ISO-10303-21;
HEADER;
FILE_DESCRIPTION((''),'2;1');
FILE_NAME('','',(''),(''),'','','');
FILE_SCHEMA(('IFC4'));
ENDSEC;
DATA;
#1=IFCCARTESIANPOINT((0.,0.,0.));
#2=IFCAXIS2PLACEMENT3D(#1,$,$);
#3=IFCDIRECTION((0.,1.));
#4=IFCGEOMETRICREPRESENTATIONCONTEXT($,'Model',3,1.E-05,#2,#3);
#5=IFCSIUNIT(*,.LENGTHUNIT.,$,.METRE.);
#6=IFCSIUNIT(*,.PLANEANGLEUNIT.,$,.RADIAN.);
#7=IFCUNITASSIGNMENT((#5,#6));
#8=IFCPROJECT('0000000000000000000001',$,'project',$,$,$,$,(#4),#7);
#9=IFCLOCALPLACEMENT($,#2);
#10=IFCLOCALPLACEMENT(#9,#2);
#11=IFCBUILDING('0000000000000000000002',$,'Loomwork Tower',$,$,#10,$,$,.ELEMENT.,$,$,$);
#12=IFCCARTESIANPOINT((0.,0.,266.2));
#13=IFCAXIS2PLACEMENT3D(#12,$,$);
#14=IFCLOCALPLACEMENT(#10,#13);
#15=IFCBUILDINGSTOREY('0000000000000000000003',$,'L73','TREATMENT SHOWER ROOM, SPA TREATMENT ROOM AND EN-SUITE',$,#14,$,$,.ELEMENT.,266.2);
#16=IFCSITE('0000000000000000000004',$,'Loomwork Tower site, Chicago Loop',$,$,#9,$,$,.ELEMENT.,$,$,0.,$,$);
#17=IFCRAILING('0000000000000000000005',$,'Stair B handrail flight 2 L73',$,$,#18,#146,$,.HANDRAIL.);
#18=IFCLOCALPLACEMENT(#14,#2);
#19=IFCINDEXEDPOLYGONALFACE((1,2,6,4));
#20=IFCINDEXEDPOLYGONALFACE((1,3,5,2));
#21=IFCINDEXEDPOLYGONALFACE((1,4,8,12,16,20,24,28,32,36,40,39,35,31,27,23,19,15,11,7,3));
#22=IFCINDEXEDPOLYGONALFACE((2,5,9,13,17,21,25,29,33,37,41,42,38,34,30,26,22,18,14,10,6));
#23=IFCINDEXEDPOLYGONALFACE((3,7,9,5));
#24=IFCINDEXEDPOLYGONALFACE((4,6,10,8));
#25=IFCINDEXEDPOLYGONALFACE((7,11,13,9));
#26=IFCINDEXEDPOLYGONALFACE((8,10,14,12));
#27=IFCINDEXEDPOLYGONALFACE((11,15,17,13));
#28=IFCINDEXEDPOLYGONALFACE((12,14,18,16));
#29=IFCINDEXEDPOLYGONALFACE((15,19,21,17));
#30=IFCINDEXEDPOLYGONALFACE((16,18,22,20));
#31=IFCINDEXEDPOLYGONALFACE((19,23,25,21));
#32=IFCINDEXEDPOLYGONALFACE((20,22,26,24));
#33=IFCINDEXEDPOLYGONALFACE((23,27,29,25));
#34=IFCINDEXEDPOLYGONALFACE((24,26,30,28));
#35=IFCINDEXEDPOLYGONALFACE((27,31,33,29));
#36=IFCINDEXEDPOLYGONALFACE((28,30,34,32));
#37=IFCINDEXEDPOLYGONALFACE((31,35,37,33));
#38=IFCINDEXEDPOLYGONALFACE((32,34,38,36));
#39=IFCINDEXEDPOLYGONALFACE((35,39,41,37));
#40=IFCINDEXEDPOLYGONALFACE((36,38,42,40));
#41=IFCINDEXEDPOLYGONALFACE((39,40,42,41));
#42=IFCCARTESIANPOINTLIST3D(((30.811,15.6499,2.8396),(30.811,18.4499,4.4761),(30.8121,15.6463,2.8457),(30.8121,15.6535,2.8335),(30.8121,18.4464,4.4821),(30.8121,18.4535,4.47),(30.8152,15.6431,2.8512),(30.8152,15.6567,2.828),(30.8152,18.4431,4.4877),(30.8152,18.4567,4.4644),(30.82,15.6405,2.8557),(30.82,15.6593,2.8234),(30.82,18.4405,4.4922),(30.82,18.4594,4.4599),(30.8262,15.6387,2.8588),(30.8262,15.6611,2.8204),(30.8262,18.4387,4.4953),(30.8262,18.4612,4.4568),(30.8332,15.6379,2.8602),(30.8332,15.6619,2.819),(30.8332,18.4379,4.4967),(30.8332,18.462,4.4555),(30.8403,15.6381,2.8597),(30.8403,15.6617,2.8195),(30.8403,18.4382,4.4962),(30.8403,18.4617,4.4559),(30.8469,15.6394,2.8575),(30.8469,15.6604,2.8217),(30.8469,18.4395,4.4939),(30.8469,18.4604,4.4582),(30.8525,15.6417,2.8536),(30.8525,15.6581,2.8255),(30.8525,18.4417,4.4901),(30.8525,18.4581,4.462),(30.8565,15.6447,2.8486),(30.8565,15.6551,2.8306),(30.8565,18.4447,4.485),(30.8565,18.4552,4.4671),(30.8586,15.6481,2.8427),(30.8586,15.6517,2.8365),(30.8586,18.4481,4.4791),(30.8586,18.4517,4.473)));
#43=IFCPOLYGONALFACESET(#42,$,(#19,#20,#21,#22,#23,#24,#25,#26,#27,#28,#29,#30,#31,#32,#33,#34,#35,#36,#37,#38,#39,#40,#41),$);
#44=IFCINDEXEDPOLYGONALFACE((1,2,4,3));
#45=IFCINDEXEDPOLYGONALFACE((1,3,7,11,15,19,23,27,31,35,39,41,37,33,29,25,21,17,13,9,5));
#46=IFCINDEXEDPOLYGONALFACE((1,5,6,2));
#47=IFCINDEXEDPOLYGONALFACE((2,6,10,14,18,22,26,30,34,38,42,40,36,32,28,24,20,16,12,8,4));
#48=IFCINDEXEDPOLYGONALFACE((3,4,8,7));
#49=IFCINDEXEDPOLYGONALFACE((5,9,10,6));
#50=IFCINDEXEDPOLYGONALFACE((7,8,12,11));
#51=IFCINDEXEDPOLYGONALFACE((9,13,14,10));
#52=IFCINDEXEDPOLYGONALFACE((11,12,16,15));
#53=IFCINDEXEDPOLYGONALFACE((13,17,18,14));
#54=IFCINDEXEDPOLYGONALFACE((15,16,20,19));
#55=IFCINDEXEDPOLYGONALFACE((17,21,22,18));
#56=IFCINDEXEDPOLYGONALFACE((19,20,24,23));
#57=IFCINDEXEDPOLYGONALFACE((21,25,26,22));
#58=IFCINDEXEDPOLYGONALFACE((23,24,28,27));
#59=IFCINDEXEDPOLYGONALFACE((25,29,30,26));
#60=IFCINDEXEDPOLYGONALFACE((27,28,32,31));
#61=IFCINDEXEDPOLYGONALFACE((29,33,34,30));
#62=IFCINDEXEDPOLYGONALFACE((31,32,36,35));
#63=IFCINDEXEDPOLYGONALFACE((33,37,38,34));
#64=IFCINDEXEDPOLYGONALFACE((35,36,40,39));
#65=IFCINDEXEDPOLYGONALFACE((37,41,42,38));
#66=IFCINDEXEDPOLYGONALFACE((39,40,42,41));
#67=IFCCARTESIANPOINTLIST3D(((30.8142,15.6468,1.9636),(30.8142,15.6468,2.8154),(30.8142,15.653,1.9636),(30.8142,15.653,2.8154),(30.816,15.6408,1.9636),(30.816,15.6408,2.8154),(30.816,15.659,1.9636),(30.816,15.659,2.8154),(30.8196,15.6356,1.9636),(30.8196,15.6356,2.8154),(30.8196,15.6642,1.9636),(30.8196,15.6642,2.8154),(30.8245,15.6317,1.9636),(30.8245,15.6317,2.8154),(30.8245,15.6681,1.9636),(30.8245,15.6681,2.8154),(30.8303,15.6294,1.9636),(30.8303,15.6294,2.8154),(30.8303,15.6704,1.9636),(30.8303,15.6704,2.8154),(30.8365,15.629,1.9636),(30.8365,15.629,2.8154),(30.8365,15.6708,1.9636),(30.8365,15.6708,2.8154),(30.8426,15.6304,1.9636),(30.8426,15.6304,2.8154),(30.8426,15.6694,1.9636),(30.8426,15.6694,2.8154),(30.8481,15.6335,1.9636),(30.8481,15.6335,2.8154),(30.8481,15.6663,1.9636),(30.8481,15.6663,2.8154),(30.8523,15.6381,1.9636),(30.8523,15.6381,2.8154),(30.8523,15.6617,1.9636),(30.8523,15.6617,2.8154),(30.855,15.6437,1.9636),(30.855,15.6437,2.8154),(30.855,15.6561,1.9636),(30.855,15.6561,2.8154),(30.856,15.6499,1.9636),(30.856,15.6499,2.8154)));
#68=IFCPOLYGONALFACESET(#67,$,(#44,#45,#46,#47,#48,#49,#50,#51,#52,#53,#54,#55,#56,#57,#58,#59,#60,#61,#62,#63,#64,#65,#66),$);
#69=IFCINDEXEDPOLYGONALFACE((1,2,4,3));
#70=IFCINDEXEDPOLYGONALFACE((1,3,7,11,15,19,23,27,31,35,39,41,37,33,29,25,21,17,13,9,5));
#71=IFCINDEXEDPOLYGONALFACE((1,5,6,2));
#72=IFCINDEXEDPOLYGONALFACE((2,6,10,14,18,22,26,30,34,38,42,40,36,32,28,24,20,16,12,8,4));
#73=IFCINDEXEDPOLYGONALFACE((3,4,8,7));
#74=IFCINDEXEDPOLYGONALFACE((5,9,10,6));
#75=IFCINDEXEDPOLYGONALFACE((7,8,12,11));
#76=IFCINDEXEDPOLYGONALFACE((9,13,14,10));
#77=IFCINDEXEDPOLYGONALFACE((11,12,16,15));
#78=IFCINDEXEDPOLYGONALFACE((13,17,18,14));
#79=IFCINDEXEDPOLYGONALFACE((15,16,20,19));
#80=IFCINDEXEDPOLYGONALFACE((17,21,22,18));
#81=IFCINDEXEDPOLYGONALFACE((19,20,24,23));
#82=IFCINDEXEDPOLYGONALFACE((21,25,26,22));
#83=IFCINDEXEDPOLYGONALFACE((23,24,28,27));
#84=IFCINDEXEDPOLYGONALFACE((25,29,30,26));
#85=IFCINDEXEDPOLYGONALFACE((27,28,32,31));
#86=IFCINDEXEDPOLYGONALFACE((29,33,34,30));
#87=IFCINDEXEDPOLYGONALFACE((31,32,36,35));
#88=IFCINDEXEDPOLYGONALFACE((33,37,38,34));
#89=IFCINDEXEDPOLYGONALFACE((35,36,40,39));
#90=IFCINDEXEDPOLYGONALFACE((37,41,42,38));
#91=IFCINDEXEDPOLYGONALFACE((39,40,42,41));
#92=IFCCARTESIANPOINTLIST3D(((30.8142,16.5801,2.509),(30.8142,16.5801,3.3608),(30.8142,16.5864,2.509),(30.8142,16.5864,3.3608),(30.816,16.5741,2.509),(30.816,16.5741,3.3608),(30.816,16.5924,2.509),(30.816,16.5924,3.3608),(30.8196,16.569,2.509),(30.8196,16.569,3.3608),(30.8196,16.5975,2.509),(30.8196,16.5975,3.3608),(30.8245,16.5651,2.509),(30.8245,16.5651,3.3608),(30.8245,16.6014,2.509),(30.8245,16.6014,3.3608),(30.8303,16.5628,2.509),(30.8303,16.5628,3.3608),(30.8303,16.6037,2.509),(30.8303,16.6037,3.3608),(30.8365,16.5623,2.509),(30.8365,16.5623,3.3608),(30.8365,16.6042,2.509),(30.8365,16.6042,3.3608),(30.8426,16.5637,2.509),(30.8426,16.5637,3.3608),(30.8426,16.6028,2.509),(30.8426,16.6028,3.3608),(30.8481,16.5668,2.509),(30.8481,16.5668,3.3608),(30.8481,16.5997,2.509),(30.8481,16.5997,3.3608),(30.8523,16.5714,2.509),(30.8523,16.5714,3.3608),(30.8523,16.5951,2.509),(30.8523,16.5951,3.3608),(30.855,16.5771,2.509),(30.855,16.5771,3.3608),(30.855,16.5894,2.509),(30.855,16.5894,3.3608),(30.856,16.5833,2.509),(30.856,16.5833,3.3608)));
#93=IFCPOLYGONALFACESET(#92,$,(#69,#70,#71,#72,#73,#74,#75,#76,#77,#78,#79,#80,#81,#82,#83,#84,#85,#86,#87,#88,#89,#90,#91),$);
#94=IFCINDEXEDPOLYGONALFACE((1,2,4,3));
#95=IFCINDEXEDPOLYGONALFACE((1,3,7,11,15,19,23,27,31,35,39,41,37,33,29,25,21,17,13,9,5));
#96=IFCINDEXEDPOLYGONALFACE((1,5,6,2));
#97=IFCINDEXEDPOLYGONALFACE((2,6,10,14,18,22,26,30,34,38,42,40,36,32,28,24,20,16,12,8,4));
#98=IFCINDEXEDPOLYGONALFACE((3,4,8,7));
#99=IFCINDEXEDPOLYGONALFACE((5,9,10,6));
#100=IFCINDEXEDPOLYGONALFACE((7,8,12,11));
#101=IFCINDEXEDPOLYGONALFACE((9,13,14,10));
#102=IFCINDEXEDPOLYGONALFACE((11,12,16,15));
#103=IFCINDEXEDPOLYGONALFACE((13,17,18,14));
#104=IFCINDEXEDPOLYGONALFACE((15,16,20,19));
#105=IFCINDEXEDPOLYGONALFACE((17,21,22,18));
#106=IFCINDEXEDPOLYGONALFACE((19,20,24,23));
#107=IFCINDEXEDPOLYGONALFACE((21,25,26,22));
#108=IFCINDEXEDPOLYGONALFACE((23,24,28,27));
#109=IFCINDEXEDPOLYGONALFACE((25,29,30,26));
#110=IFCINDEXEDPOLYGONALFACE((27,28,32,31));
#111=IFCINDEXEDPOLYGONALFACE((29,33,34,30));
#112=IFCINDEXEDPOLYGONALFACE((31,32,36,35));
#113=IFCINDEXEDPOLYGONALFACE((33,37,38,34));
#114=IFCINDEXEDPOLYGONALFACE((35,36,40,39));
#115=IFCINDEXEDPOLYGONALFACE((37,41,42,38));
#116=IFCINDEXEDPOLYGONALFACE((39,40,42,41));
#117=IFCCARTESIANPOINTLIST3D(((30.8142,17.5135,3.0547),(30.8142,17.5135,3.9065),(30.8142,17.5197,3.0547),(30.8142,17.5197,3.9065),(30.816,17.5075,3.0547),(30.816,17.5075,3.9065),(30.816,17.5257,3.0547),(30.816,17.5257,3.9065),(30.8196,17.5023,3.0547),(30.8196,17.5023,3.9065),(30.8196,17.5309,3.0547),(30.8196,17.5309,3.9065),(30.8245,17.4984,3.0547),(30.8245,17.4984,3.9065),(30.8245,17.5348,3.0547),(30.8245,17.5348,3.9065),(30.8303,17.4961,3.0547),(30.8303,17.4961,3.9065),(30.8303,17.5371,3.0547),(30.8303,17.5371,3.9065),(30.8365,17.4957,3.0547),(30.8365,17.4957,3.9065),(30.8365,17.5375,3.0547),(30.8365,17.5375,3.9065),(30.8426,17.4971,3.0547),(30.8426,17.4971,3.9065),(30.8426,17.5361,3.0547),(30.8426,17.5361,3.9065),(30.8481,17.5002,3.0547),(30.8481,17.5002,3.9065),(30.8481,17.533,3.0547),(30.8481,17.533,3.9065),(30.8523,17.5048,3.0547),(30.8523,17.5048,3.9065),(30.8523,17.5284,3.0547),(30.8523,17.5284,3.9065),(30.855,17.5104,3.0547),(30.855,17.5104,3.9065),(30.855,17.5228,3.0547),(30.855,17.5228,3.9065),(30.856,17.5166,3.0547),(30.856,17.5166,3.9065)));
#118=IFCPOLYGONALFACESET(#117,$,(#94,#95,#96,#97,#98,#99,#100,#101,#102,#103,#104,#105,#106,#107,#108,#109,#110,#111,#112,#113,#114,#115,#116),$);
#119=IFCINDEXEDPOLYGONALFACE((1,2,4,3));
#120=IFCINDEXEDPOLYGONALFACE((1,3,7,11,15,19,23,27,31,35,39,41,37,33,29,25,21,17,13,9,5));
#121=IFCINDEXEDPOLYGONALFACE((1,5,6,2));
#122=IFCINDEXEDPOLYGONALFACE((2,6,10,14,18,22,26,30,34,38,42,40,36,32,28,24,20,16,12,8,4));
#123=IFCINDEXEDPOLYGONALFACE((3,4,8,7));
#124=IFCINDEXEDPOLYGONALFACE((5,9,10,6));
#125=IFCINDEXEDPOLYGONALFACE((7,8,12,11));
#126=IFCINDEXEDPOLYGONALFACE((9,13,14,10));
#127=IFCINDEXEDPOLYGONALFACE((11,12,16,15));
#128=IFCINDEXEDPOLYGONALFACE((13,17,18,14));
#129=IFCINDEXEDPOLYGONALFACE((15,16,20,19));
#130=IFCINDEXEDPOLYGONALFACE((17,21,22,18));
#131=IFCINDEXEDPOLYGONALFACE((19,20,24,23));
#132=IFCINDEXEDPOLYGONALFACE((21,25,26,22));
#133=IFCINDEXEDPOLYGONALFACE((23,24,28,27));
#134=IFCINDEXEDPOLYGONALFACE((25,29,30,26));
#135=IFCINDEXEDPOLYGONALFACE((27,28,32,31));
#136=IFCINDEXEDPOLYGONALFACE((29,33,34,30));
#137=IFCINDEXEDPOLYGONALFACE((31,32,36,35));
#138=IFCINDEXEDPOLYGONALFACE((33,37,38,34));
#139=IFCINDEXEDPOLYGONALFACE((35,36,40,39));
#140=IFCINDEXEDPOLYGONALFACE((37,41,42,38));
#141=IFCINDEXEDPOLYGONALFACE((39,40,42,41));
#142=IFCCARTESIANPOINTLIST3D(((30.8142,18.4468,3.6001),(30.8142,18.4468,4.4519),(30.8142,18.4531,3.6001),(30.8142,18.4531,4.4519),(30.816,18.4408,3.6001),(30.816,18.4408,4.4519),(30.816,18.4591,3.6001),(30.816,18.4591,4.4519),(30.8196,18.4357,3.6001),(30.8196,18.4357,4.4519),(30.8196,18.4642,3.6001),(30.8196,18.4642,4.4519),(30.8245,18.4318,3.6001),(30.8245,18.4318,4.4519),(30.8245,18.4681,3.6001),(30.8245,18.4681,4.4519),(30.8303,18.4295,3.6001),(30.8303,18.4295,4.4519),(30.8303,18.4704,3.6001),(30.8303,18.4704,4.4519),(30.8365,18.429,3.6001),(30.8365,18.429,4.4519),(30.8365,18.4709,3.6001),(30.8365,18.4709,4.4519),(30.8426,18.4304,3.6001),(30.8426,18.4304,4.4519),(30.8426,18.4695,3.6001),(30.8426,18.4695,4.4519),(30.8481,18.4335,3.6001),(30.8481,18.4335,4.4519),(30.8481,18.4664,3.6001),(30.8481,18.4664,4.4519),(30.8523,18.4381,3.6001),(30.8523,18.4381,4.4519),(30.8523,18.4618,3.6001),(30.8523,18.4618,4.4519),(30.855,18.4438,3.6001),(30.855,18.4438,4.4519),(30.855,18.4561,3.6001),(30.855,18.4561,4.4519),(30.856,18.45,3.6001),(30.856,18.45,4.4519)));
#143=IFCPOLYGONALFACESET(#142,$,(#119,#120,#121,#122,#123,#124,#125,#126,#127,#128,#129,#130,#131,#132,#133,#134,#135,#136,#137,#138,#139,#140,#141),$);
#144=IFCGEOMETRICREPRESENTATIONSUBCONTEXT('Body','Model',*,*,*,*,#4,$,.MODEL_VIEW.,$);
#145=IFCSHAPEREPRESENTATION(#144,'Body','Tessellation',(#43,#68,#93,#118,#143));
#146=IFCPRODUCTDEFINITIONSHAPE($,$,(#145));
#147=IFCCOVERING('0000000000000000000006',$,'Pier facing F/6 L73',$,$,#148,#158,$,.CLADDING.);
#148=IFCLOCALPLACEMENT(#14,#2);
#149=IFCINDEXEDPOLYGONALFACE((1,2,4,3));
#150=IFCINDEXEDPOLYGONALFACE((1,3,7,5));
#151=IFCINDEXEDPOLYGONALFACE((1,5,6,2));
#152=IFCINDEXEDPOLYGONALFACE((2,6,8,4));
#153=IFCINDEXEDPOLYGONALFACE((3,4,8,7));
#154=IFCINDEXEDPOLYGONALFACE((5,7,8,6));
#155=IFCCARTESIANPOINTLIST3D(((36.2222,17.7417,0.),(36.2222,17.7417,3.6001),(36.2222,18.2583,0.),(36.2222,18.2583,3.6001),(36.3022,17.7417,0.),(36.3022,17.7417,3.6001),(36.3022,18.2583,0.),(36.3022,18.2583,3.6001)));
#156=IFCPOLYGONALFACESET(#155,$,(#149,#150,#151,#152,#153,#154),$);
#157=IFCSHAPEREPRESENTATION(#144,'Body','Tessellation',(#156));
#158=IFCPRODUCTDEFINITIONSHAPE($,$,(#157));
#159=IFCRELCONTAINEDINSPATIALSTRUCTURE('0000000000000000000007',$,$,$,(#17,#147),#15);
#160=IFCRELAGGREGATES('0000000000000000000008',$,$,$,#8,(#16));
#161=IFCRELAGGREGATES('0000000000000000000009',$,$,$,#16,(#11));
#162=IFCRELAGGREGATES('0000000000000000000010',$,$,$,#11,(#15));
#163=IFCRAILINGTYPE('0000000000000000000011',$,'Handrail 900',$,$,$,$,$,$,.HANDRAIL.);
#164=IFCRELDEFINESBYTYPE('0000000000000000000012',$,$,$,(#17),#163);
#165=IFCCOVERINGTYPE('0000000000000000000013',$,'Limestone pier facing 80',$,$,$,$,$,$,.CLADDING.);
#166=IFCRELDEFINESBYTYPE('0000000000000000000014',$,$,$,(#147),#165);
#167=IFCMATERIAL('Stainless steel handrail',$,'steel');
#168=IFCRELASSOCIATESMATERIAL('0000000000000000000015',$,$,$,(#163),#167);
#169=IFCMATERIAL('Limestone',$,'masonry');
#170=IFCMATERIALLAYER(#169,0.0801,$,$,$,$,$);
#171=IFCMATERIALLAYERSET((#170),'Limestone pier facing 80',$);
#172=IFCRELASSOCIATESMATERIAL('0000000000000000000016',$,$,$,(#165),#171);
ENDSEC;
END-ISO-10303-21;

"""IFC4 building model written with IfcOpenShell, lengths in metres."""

from ifc_helpers import new_model, si_unit, direction, frame, origin, origin_2d, place, context, subcontext, project, spatial, rectangle, circle, extrude, material, layer, layer_set, type_object, element, save


model = new_model("IFC4")

# Units and contexts
model_context = context("Model", 3, precision=1e-05, world=origin(), true_north=direction((0.0, 1.0)))
body_context = subcontext(model_context, "Body", "Model", "MODEL_VIEW")
ifc_project = project(units=[si_unit("LENGTHUNIT", "METRE"), si_unit("PLANEANGLEUNIT", "RADIAN")], contexts=[model_context])

# Site, building, storey
site_placement = place(None, origin())
site = spatial("IfcSite", under=ifc_project, at=site_placement, Name="Loomwork Tower site, Chicago Loop", CompositionType="ELEMENT", RefElevation=0.0)
building_placement = place(site_placement, origin())
building = spatial("IfcBuilding", under=site, at=building_placement, Name="Loomwork Tower", CompositionType="ELEMENT")
storey_placement = place(building_placement, frame((0.0, 0.0, 266.2)))
storey = spatial("IfcBuildingStorey", under=building, at=storey_placement, Name="L73", Description="TREATMENT SHOWER ROOM, SPA TREATMENT ROOM AND EN-SUITE", CompositionType="ELEMENT", Elevation=266.2)

# Railing
ifc_material_1 = material(Name="Stainless steel handrail", Category="steel")
railing_type = type_object("IfcRailingType", Name="Handrail 900", PredefinedType="HANDRAIL", material=ifc_material_1)
railing_placement = place(storey_placement, frame((30.835, 15.6499, 1.9636)))
element("IfcRailing", 1, at=railing_placement, inside=storey, type_object=railing_type, Name="Stair B handrail flight 2 L73", PredefinedType="HANDRAIL", context=body_context, shape_type="SweptSolid", body=[
    extrude(circle(Radius=0.0239, at=origin_2d()), frame((0.0, 0.0, 0.876), z_axis=(0.0, 0.863361, 0.504587), x_axis=(-1.0, 0.0, 0.0)), (0.0, 0.0, 1.0), 3.2432),
    extrude(circle(Radius=0.021, at=origin_2d()), origin(), (0.0, 0.0, 1.0), 0.8518),
    extrude(circle(Radius=0.021, at=origin_2d()), frame((0.0, 0.9333, 0.5454)), (0.0, 0.0, 1.0), 0.8518),
    extrude(circle(Radius=0.021, at=origin_2d()), frame((0.0, 1.8667, 1.0911)), (0.0, 0.0, 1.0), 0.8518),
    extrude(circle(Radius=0.021, at=origin_2d()), frame((0.0, 2.8, 1.6365)), (0.0, 0.0, 1.0), 0.8518),
])

# Covering
ifc_material_2 = material(Name="Limestone", Category="masonry")
ifc_layer_1 = layer(ifc_material_2, 0.0801)
ifc_layer_set_1 = layer_set([ifc_layer_1], Name="Limestone pier facing 80")
covering_type = type_object("IfcCoveringType", Name="Limestone pier facing 80", PredefinedType="CLADDING", material=ifc_layer_set_1)
covering_placement = place(storey_placement, frame((36.2622, 18.0, 0.0), z_axis=(0.0, 0.0, 1.0), x_axis=(1.0, 0.0, 0.0)))
element("IfcCovering", 2, at=covering_placement, inside=storey, type_object=covering_type, Name="Pier facing F/6 L73", PredefinedType="CLADDING", context=body_context, shape_type="SweptSolid", body=[
    extrude(rectangle(XDim=0.0801, YDim=0.5166, at=origin_2d()), origin(), (0.0, 0.0, 1.0), 3.6001),
])

save(model, "model.ifc")
